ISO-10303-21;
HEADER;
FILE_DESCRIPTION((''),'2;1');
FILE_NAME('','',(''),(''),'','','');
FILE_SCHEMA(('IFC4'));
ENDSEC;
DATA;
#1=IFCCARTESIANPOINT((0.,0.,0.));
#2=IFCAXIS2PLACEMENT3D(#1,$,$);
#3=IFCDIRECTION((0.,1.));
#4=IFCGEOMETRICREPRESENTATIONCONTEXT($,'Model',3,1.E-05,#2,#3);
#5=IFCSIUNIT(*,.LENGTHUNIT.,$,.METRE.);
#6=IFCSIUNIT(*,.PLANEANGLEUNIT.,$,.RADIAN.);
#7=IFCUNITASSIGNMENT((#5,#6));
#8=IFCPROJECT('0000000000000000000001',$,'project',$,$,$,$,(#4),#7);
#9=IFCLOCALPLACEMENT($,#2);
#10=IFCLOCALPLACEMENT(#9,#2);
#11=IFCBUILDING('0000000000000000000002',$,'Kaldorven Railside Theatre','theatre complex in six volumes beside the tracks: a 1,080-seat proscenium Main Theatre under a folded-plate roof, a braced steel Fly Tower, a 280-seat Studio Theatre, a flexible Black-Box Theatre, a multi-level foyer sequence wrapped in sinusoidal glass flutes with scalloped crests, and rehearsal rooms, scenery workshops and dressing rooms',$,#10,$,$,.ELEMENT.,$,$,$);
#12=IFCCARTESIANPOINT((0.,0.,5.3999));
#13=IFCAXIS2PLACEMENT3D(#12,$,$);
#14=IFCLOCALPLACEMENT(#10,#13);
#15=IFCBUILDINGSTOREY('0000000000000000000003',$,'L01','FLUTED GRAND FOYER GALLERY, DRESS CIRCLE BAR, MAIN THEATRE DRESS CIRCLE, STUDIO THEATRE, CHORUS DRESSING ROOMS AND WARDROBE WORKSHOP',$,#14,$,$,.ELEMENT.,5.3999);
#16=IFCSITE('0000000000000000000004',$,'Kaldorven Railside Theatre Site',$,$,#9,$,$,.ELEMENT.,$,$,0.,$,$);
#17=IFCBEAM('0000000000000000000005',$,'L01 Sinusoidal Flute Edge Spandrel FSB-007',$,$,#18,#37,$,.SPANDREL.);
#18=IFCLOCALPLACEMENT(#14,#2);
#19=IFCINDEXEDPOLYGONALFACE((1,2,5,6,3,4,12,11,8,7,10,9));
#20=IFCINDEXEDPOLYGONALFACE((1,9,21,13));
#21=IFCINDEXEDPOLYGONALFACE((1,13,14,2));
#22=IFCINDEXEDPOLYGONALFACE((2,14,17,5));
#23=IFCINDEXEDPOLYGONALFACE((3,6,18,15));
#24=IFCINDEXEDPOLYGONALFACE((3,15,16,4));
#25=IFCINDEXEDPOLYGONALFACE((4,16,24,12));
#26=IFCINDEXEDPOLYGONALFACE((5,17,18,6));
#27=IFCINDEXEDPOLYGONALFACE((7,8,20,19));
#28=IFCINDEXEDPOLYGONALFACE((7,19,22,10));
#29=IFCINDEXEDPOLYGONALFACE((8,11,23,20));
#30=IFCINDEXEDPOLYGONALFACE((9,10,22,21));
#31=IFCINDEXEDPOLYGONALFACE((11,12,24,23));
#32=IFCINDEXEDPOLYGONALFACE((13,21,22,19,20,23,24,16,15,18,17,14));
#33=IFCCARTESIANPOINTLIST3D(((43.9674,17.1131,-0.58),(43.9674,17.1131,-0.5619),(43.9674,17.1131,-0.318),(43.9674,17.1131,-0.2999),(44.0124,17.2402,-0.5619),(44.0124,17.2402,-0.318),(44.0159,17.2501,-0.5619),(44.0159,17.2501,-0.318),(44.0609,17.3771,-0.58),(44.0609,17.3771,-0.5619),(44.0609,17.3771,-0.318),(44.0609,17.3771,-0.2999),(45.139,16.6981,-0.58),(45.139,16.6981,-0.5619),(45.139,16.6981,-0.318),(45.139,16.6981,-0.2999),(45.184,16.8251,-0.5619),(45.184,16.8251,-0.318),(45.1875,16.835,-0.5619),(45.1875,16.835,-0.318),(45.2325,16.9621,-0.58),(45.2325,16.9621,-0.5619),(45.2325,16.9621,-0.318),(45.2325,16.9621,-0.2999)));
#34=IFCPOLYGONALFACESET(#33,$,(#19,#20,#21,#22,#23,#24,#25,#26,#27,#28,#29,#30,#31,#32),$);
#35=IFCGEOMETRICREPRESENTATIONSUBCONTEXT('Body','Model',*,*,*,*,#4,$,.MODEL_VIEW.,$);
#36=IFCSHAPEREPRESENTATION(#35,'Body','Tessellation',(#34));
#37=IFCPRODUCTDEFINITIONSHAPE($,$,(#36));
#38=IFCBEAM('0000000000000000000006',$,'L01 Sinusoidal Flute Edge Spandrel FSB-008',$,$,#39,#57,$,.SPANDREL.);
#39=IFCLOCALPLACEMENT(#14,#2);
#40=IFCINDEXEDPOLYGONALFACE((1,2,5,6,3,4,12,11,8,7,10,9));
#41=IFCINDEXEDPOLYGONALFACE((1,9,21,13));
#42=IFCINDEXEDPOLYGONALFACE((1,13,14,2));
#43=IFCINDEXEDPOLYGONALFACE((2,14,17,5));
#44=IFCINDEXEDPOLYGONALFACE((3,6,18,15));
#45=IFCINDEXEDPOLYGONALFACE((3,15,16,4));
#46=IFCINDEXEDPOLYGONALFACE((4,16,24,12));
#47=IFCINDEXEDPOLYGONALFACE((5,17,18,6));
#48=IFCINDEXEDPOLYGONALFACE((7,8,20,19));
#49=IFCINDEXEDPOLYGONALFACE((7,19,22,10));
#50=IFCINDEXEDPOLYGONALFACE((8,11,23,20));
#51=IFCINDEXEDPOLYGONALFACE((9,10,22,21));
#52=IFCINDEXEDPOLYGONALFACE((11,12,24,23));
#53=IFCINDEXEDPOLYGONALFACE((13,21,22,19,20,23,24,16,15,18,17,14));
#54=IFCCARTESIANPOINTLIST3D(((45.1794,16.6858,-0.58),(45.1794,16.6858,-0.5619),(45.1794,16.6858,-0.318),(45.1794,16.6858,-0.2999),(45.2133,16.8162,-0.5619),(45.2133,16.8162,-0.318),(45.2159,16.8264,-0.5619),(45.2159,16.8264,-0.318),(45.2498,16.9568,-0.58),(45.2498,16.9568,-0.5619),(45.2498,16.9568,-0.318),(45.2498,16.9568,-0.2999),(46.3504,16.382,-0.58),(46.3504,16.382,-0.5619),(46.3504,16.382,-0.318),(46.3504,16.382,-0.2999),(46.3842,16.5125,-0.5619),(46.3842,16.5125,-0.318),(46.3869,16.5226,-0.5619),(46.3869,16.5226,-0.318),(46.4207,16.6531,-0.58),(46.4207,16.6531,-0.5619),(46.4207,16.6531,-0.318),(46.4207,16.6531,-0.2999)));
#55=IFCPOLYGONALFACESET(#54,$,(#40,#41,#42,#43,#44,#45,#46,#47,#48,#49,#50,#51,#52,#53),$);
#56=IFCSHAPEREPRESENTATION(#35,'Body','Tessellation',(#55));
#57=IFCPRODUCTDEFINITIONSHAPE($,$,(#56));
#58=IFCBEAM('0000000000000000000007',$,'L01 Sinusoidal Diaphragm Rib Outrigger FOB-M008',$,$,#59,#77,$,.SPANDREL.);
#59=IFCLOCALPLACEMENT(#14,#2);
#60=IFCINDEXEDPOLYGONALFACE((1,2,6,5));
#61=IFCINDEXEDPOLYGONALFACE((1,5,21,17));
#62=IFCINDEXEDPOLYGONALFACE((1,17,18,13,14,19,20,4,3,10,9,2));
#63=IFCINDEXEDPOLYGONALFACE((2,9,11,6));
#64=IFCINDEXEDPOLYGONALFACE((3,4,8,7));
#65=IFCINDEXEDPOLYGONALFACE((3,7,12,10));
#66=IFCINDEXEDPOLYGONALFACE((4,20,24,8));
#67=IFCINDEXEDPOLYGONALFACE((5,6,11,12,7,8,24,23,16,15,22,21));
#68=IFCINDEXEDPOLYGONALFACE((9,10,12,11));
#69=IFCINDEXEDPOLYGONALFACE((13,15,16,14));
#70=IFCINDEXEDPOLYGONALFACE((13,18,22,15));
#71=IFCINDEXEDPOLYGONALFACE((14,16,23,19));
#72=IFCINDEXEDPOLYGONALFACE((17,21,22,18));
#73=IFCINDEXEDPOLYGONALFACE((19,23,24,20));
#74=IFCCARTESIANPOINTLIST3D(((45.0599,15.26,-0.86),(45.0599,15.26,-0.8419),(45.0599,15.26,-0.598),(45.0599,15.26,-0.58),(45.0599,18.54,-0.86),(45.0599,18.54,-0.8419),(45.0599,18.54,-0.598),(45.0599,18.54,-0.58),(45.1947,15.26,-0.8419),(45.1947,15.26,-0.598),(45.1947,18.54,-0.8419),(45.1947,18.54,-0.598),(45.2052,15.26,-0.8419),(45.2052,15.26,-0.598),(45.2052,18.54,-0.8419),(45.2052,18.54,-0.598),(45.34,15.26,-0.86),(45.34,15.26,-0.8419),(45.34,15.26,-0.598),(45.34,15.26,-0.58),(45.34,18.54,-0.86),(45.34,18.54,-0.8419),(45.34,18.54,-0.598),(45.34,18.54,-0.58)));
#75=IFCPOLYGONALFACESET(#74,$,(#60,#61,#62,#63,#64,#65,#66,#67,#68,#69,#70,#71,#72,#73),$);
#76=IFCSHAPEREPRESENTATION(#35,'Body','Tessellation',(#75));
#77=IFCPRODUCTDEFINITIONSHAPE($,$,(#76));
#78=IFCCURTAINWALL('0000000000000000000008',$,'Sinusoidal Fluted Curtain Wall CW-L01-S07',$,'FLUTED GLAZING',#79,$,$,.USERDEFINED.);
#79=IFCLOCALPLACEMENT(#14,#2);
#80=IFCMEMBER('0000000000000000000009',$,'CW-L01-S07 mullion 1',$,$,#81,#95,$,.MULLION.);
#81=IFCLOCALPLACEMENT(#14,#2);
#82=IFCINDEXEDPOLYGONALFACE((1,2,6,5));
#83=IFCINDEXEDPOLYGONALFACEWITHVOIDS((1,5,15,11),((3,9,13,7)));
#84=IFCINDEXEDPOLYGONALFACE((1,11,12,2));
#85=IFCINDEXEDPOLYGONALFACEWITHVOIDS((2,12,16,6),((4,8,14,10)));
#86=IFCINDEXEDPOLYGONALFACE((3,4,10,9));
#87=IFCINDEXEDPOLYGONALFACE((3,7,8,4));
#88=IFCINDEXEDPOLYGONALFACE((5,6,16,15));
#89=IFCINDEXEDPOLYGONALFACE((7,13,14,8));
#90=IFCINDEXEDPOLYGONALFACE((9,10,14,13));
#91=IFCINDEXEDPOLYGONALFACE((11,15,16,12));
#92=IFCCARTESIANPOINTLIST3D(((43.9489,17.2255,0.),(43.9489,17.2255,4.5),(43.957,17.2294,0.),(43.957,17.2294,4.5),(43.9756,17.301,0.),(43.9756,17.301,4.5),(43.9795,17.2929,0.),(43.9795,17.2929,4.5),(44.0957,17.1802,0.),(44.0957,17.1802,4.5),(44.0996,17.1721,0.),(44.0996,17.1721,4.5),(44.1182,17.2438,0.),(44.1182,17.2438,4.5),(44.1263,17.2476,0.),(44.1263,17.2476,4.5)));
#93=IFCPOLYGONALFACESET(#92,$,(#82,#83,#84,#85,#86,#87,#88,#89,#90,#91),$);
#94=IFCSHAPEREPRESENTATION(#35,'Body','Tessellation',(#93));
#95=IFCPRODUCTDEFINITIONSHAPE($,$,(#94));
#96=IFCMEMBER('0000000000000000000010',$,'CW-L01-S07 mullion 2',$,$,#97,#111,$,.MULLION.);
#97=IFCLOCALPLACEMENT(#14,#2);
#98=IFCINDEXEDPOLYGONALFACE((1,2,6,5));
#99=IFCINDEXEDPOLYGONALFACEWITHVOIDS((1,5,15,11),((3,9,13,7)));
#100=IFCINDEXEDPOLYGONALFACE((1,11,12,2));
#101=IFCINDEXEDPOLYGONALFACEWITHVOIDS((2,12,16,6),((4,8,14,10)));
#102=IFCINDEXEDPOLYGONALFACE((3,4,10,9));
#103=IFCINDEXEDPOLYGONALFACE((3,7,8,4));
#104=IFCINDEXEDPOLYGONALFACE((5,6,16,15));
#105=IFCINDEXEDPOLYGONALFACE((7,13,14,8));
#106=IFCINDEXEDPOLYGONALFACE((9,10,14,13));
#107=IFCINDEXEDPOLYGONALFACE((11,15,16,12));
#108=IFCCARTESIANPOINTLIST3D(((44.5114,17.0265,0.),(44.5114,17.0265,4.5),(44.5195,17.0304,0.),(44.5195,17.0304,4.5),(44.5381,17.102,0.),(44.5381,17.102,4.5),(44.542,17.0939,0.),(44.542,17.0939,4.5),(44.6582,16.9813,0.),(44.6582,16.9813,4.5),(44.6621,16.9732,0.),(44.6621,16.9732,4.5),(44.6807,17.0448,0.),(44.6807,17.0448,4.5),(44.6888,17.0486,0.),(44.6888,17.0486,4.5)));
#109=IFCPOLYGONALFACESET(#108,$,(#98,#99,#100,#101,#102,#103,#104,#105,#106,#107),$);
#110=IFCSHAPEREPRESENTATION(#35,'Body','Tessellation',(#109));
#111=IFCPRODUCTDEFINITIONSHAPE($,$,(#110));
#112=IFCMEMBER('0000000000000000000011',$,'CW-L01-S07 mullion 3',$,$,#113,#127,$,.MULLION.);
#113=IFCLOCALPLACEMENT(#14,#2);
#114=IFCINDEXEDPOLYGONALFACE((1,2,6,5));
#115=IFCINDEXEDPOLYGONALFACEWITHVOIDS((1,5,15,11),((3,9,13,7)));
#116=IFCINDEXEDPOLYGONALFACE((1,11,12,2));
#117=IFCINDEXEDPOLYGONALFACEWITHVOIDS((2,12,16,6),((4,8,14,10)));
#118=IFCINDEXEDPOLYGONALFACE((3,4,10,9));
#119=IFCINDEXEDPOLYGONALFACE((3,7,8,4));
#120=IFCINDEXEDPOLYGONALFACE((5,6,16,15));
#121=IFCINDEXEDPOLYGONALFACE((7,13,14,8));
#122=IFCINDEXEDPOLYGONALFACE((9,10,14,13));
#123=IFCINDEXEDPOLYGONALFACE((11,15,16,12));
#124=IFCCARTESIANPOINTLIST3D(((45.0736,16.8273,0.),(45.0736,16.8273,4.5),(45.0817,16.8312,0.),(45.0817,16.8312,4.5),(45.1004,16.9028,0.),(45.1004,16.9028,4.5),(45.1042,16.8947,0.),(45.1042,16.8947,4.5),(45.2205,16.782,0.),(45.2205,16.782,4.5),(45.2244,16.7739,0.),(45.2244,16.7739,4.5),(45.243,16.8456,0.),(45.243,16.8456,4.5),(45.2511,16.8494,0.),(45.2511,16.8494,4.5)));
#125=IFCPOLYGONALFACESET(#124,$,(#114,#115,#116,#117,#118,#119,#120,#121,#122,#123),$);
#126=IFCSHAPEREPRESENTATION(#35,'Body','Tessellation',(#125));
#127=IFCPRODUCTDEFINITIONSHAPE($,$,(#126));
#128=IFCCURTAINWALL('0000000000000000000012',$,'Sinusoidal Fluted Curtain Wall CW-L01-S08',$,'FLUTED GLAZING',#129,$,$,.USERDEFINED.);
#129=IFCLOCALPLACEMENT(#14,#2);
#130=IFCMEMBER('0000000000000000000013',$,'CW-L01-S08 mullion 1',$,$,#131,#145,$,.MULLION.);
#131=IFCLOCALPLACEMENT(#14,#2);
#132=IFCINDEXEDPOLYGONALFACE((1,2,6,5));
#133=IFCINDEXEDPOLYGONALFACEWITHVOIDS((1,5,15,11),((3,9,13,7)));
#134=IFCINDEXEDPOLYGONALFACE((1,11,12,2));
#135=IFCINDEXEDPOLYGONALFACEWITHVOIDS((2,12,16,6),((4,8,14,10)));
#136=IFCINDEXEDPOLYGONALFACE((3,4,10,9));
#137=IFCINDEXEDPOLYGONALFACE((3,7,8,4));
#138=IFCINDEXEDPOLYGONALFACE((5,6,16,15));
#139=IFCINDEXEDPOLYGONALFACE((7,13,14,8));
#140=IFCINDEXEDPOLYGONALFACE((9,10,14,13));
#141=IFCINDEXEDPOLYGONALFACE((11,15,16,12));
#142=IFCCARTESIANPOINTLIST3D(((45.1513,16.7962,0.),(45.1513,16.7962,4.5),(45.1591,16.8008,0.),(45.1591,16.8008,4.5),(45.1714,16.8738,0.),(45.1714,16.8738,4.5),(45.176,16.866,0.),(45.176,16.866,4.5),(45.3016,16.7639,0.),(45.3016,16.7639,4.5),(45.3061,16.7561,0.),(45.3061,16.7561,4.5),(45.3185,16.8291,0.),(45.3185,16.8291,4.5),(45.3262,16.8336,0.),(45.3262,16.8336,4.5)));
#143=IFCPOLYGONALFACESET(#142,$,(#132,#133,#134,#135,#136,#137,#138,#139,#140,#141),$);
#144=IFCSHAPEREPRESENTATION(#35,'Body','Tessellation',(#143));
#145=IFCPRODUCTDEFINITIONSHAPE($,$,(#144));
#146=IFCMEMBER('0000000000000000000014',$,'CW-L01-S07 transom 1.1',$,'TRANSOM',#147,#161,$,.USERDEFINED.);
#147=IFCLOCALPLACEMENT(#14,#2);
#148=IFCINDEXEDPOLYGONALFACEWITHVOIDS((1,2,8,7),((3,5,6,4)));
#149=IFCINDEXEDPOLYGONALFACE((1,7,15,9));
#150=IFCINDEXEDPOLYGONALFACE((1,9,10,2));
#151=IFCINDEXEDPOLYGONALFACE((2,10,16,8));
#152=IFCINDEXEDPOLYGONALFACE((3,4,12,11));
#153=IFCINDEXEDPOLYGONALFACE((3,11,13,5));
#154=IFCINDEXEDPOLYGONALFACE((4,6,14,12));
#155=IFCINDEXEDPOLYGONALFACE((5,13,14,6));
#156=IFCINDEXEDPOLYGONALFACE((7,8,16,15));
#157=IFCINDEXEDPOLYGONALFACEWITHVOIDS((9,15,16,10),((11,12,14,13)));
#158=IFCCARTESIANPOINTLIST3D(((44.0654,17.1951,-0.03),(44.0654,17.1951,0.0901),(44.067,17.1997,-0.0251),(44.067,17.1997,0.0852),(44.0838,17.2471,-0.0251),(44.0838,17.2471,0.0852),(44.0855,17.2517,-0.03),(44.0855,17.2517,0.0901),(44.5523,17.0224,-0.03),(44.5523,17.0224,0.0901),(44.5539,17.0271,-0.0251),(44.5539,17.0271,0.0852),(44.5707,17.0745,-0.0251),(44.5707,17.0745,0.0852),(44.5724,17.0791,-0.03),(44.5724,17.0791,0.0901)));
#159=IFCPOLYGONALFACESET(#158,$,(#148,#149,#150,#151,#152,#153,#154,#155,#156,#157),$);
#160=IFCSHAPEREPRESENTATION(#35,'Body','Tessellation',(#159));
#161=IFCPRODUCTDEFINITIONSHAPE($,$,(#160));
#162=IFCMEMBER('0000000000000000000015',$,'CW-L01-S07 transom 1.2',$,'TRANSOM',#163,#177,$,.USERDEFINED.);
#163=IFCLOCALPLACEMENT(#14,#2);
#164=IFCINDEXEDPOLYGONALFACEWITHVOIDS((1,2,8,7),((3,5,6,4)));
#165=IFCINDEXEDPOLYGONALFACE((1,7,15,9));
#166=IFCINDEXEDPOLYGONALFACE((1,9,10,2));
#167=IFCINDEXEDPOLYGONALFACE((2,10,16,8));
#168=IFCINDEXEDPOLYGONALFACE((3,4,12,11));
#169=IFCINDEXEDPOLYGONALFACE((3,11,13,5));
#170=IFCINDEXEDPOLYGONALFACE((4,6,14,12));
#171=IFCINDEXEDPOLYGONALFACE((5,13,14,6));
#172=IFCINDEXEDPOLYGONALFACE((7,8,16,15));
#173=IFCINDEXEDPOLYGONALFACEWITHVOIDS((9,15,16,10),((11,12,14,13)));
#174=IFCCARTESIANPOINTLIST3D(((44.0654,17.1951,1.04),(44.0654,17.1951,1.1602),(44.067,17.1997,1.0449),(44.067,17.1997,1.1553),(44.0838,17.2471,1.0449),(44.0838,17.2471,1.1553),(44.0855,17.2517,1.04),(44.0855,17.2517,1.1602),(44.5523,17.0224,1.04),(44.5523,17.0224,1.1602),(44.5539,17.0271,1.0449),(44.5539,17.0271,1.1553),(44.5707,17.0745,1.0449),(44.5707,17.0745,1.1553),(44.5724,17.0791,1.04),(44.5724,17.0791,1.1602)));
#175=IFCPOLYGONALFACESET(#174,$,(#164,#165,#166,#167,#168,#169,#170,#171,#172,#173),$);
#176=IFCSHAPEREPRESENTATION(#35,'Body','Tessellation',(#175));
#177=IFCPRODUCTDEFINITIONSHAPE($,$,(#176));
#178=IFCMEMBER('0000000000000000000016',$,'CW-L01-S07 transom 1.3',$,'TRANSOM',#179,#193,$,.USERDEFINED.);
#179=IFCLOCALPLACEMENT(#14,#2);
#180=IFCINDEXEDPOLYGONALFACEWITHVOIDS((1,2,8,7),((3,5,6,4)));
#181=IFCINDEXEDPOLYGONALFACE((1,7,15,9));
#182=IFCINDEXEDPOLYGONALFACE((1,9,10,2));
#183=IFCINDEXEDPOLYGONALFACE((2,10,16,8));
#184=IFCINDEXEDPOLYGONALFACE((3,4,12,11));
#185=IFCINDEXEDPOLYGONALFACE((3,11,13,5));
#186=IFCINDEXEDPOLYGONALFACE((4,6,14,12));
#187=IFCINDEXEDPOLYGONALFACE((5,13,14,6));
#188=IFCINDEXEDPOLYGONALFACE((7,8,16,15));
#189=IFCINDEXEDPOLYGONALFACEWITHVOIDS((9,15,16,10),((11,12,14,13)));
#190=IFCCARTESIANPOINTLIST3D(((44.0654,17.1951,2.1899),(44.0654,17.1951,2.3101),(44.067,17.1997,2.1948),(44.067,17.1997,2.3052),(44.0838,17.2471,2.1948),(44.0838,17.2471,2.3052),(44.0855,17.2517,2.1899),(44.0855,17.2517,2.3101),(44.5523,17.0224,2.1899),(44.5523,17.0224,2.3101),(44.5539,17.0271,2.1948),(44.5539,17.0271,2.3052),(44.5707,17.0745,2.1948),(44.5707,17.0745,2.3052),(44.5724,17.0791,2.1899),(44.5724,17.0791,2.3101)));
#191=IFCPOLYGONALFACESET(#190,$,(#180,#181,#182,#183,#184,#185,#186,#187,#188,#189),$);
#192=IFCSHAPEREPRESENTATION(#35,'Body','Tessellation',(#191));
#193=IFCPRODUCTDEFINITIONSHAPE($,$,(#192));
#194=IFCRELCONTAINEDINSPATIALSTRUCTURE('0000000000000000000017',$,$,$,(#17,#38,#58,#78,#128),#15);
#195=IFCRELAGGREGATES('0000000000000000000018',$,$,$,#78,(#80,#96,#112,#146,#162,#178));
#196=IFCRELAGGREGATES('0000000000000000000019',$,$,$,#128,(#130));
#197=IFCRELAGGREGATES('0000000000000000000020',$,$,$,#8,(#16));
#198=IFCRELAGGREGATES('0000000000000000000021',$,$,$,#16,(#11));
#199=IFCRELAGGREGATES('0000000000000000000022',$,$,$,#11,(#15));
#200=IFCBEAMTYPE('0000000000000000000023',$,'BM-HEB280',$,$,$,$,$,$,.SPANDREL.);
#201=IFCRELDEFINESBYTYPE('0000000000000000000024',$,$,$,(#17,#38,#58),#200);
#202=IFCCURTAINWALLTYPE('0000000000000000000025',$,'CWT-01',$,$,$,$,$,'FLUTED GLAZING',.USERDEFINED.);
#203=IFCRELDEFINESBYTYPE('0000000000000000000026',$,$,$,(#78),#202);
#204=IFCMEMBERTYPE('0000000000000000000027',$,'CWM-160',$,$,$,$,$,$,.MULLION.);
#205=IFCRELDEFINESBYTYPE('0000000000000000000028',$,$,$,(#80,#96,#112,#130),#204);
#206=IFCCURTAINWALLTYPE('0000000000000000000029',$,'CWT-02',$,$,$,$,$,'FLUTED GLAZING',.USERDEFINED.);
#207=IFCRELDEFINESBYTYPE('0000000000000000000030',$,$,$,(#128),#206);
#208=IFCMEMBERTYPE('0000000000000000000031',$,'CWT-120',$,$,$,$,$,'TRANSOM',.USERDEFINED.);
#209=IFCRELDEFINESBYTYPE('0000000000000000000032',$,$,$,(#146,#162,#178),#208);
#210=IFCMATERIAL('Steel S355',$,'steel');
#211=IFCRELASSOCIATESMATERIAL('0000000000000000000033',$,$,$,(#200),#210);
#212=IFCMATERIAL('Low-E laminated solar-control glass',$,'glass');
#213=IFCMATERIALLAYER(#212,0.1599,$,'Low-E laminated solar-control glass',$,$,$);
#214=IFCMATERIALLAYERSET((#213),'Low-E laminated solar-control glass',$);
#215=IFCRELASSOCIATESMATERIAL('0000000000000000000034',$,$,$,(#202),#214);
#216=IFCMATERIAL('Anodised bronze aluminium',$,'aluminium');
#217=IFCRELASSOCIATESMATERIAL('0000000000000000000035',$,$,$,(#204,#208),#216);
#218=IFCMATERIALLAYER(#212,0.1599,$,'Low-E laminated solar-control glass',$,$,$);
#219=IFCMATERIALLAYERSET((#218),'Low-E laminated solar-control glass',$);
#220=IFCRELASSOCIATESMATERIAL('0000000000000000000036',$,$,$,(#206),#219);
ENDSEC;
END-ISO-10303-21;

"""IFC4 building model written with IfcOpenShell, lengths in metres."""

from ifc_helpers import new_model, si_unit, direction, frame, origin, origin_2d, place, context, subcontext, project, spatial, hollow_rectangle, i_section, extrude, material, layer, layer_set, material_profile, profile_set, type_object, element, aggregate, save


model = new_model("IFC4")

# Units and contexts
model_context = context("Model", 3, precision=1e-05, world=origin(), true_north=direction((0.0, 1.0)))
body_context = subcontext(model_context, "Body", "Model", "MODEL_VIEW")
ifc_project = project(units=[si_unit("LENGTHUNIT", "METRE"), si_unit("PLANEANGLEUNIT", "RADIAN")], contexts=[model_context])

# Site, building, storey
site_placement = place(None, origin())
site = spatial("IfcSite", under=ifc_project, at=site_placement, Name="Kaldorven Railside Theatre Site", CompositionType="ELEMENT", RefElevation=0.0)
building_placement = place(site_placement, origin())
building = spatial("IfcBuilding", under=site, at=building_placement, Name="Kaldorven Railside Theatre", Description="theatre complex in six volumes beside the tracks: a 1,080-seat proscenium Main Theatre under a folded-plate roof, a braced steel Fly Tower, a 280-seat Studio Theatre, a flexible Black-Box Theatre, a multi-level foyer sequence wrapped in sinusoidal glass flutes with scalloped crests, and rehearsal rooms, scenery workshops and dressing rooms", CompositionType="ELEMENT")
storey_placement = place(building_placement, frame((0.0, 0.0, 5.3999)))
storey = spatial("IfcBuildingStorey", under=building, at=storey_placement, Name="L01", Description="FLUTED GRAND FOYER GALLERY, DRESS CIRCLE BAR, MAIN THEATRE DRESS CIRCLE, STUDIO THEATRE, CHORUS DRESSING ROOMS AND WARDROBE WORKSHOP", CompositionType="ELEMENT", Elevation=5.3999)

# Beams
ifc_material_1 = material(Name="Steel S355", Category="steel")
ifc_material_profile_1 = material_profile(ifc_material_1, i_section(OverallWidth=0.28, OverallDepth=0.28, WebThickness=0.0105, FlangeThickness=0.0181, at=origin_2d()), Name="HEB 280")
ifc_profile_set_1 = profile_set([ifc_material_profile_1], Name="Steel S355")
beam_type = type_object("IfcBeamType", Name="BM-HEB280", PredefinedType="SPANDREL", material=ifc_profile_set_1)
beam_1_placement = place(storey_placement, frame((44.0142, 17.2451, -0.4399), z_axis=(0.942605, -0.333909, 0.0), x_axis=(0.333909, 0.942605, 0.0)))
element("IfcBeam", 1, at=beam_1_placement, inside=storey, type_object=beam_type, Name="L01 Sinusoidal Flute Edge Spandrel FSB-007", PredefinedType="SPANDREL", context=body_context, shape_type="SweptSolid", body=[
    extrude(i_section(OverallWidth=0.28, OverallDepth=0.28, WebThickness=0.0105, FlangeThickness=0.0181, at=origin_2d()), origin(), (0.0, 0.0, 1.0), 1.2429),
])
beam_2_placement = place(storey_placement, frame((45.2146, 16.8213, -0.4399), z_axis=(0.967968, -0.251074, 0.0), x_axis=(0.251074, 0.967968, 0.0)))
element("IfcBeam", 2, at=beam_2_placement, inside=storey, type_object=beam_type, Name="L01 Sinusoidal Flute Edge Spandrel FSB-008", PredefinedType="SPANDREL", context=body_context, shape_type="SweptSolid", body=[
    extrude(i_section(OverallWidth=0.28, OverallDepth=0.28, WebThickness=0.0105, FlangeThickness=0.0181, at=origin_2d()), origin(), (0.0, 0.0, 1.0), 1.2097),
])
beam_3_placement = place(storey_placement, frame((45.2, 15.26, -0.72), z_axis=(0.0, 1.0, 0.0), x_axis=(-1.0, 0.0, 0.0)))
element("IfcBeam", 3, at=beam_3_placement, inside=storey, type_object=beam_type, Name="L01 Sinusoidal Diaphragm Rib Outrigger FOB-M008", PredefinedType="SPANDREL", context=body_context, shape_type="SweptSolid", body=[
    extrude(i_section(OverallWidth=0.28, OverallDepth=0.28, WebThickness=0.0105, FlangeThickness=0.0181, at=origin_2d()), origin(), (0.0, 0.0, 1.0), 3.28),
])

# Curtain wall, members
ifc_material_2 = material(Name="Low-E laminated solar-control glass", Category="glass")
ifc_layer_1 = layer(ifc_material_2, 0.1599, Name="Low-E laminated solar-control glass")
ifc_layer_set_1 = layer_set([ifc_layer_1], Name="Low-E laminated solar-control glass")
curtain_wall_type_1 = type_object("IfcCurtainWallType", Name="CWT-01", ElementType="FLUTED GLAZING", PredefinedType="USERDEFINED", material=ifc_layer_set_1)
curtain_wall_1_placement = place(storey_placement, origin())
curtain_wall_1 = element("IfcCurtainWall", 4, at=curtain_wall_1_placement, inside=storey, type_object=curtain_wall_type_1, Name="Sinusoidal Fluted Curtain Wall CW-L01-S07", ObjectType="FLUTED GLAZING", PredefinedType="USERDEFINED")
ifc_material_3 = material(Name="Anodised bronze aluminium", Category="aluminium")
ifc_material_profile_2 = material_profile(ifc_material_3, hollow_rectangle(XDim=0.0801, YDim=0.1599, WallThickness=0.0063, at=origin_2d()), Name="RHS 160x80x6.3")
ifc_profile_set_2 = profile_set([ifc_material_profile_2], Name="Anodised bronze aluminium")
member_type_1 = type_object("IfcMemberType", Name="CWM-160", PredefinedType="MULLION", material=ifc_profile_set_2)
member_1_placement = place(storey_placement, frame((44.0376, 17.2366, 0.0), z_axis=(0.0, 0.0, 1.0), x_axis=(0.333847, 0.942627, 0.0)))
member_1 = element("IfcMember", 5, at=member_1_placement, type_object=member_type_1, Name="CW-L01-S07 mullion 1", PredefinedType="MULLION", context=body_context, shape_type="SweptSolid", body=[
    extrude(hollow_rectangle(XDim=0.0801, YDim=0.1599, WallThickness=0.0063, at=origin_2d()), origin(), (0.0, 0.0, 1.0), 4.5),
])
member_2_placement = place(storey_placement, frame((44.6001, 17.0376, 0.0), z_axis=(0.0, 0.0, 1.0), x_axis=(0.333847, 0.942627, 0.0)))
member_2 = element("IfcMember", 6, at=member_2_placement, type_object=member_type_1, Name="CW-L01-S07 mullion 2", PredefinedType="MULLION", context=body_context, shape_type="SweptSolid", body=[
    extrude(hollow_rectangle(XDim=0.0801, YDim=0.1599, WallThickness=0.0063, at=origin_2d()), origin(), (0.0, 0.0, 1.0), 4.5),
])
member_3_placement = place(storey_placement, frame((45.1624, 16.8384, 0.0), z_axis=(0.0, 0.0, 1.0), x_axis=(0.333847, 0.942627, 0.0)))
member_3 = element("IfcMember", 7, at=member_3_placement, type_object=member_type_1, Name="CW-L01-S07 mullion 3", PredefinedType="MULLION", context=body_context, shape_type="SweptSolid", body=[
    extrude(hollow_rectangle(XDim=0.0801, YDim=0.1599, WallThickness=0.0063, at=origin_2d()), origin(), (0.0, 0.0, 1.0), 4.5),
])

# Curtain wall, member
ifc_layer_2 = layer(ifc_material_2, 0.1599, Name="Low-E laminated solar-control glass")
ifc_layer_set_2 = layer_set([ifc_layer_2], Name="Low-E laminated solar-control glass")
curtain_wall_type_2 = type_object("IfcCurtainWallType", Name="CWT-02", ElementType="FLUTED GLAZING", PredefinedType="USERDEFINED", material=ifc_layer_set_2)
curtain_wall_2_placement = place(storey_placement, origin())
curtain_wall_2 = element("IfcCurtainWall", 8, at=curtain_wall_2_placement, inside=storey, type_object=curtain_wall_type_2, Name="Sinusoidal Fluted Curtain Wall CW-L01-S08", ObjectType="FLUTED GLAZING", PredefinedType="USERDEFINED")
member_4_placement = place(storey_placement, frame((45.2388, 16.8149, 0.0), z_axis=(0.0, 0.0, 1.0), x_axis=(0.250954, 0.967999, 0.0)))
member_4 = element("IfcMember", 9, at=member_4_placement, type_object=member_type_1, Name="CW-L01-S08 mullion 1", PredefinedType="MULLION", context=body_context, shape_type="SweptSolid", body=[
    extrude(hollow_rectangle(XDim=0.0801, YDim=0.1599, WallThickness=0.0063, at=origin_2d()), origin(), (0.0, 0.0, 1.0), 4.5),
])

# Members
ifc_material_profile_3 = material_profile(ifc_material_3, hollow_rectangle(XDim=0.0601, YDim=0.1201, WallThickness=0.0049, at=origin_2d()), Name="RHS 120x60x5")
ifc_profile_set_3 = profile_set([ifc_material_profile_3], Name="Anodised bronze aluminium")
member_type_2 = type_object("IfcMemberType", Name="CWT-120", ElementType="TRANSOM", PredefinedType="USERDEFINED", material=ifc_profile_set_3)
member_5_placement = place(storey_placement, frame((44.0754, 17.2234, 0.03), z_axis=(0.942509, -0.33418, 0.0), x_axis=(0.33418, 0.942509, 0.0)))
member_5 = element("IfcMember", 10, at=member_5_placement, type_object=member_type_2, Name="CW-L01-S07 transom 1.1", ObjectType="TRANSOM", PredefinedType="USERDEFINED", context=body_context, shape_type="SweptSolid", body=[
    extrude(hollow_rectangle(XDim=0.0601, YDim=0.1201, WallThickness=0.0049, at=origin_2d()), origin(), (0.0, 0.0, 1.0), 0.5166),
])
member_6_placement = place(storey_placement, frame((44.0754, 17.2234, 1.1001), z_axis=(0.942509, -0.33418, 0.0), x_axis=(0.33418, 0.942509, 0.0)))
member_6 = element("IfcMember", 11, at=member_6_placement, type_object=member_type_2, Name="CW-L01-S07 transom 1.2", ObjectType="TRANSOM", PredefinedType="USERDEFINED", context=body_context, shape_type="SweptSolid", body=[
    extrude(hollow_rectangle(XDim=0.0601, YDim=0.1201, WallThickness=0.0049, at=origin_2d()), origin(), (0.0, 0.0, 1.0), 0.5166),
])
member_7_placement = place(storey_placement, frame((44.0754, 17.2234, 2.25), z_axis=(0.942509, -0.33418, 0.0), x_axis=(0.33418, 0.942509, 0.0)))
member_7 = element("IfcMember", 12, at=member_7_placement, type_object=member_type_2, Name="CW-L01-S07 transom 1.3", ObjectType="TRANSOM", PredefinedType="USERDEFINED", context=body_context, shape_type="SweptSolid", body=[
    extrude(hollow_rectangle(XDim=0.0601, YDim=0.1201, WallThickness=0.0049, at=origin_2d()), origin(), (0.0, 0.0, 1.0), 0.5166),
])

aggregate(curtain_wall_1, [member_1, member_2, member_3, member_5, member_6, member_7])
aggregate(curtain_wall_2, [member_4])

save(model, "model.ifc")
